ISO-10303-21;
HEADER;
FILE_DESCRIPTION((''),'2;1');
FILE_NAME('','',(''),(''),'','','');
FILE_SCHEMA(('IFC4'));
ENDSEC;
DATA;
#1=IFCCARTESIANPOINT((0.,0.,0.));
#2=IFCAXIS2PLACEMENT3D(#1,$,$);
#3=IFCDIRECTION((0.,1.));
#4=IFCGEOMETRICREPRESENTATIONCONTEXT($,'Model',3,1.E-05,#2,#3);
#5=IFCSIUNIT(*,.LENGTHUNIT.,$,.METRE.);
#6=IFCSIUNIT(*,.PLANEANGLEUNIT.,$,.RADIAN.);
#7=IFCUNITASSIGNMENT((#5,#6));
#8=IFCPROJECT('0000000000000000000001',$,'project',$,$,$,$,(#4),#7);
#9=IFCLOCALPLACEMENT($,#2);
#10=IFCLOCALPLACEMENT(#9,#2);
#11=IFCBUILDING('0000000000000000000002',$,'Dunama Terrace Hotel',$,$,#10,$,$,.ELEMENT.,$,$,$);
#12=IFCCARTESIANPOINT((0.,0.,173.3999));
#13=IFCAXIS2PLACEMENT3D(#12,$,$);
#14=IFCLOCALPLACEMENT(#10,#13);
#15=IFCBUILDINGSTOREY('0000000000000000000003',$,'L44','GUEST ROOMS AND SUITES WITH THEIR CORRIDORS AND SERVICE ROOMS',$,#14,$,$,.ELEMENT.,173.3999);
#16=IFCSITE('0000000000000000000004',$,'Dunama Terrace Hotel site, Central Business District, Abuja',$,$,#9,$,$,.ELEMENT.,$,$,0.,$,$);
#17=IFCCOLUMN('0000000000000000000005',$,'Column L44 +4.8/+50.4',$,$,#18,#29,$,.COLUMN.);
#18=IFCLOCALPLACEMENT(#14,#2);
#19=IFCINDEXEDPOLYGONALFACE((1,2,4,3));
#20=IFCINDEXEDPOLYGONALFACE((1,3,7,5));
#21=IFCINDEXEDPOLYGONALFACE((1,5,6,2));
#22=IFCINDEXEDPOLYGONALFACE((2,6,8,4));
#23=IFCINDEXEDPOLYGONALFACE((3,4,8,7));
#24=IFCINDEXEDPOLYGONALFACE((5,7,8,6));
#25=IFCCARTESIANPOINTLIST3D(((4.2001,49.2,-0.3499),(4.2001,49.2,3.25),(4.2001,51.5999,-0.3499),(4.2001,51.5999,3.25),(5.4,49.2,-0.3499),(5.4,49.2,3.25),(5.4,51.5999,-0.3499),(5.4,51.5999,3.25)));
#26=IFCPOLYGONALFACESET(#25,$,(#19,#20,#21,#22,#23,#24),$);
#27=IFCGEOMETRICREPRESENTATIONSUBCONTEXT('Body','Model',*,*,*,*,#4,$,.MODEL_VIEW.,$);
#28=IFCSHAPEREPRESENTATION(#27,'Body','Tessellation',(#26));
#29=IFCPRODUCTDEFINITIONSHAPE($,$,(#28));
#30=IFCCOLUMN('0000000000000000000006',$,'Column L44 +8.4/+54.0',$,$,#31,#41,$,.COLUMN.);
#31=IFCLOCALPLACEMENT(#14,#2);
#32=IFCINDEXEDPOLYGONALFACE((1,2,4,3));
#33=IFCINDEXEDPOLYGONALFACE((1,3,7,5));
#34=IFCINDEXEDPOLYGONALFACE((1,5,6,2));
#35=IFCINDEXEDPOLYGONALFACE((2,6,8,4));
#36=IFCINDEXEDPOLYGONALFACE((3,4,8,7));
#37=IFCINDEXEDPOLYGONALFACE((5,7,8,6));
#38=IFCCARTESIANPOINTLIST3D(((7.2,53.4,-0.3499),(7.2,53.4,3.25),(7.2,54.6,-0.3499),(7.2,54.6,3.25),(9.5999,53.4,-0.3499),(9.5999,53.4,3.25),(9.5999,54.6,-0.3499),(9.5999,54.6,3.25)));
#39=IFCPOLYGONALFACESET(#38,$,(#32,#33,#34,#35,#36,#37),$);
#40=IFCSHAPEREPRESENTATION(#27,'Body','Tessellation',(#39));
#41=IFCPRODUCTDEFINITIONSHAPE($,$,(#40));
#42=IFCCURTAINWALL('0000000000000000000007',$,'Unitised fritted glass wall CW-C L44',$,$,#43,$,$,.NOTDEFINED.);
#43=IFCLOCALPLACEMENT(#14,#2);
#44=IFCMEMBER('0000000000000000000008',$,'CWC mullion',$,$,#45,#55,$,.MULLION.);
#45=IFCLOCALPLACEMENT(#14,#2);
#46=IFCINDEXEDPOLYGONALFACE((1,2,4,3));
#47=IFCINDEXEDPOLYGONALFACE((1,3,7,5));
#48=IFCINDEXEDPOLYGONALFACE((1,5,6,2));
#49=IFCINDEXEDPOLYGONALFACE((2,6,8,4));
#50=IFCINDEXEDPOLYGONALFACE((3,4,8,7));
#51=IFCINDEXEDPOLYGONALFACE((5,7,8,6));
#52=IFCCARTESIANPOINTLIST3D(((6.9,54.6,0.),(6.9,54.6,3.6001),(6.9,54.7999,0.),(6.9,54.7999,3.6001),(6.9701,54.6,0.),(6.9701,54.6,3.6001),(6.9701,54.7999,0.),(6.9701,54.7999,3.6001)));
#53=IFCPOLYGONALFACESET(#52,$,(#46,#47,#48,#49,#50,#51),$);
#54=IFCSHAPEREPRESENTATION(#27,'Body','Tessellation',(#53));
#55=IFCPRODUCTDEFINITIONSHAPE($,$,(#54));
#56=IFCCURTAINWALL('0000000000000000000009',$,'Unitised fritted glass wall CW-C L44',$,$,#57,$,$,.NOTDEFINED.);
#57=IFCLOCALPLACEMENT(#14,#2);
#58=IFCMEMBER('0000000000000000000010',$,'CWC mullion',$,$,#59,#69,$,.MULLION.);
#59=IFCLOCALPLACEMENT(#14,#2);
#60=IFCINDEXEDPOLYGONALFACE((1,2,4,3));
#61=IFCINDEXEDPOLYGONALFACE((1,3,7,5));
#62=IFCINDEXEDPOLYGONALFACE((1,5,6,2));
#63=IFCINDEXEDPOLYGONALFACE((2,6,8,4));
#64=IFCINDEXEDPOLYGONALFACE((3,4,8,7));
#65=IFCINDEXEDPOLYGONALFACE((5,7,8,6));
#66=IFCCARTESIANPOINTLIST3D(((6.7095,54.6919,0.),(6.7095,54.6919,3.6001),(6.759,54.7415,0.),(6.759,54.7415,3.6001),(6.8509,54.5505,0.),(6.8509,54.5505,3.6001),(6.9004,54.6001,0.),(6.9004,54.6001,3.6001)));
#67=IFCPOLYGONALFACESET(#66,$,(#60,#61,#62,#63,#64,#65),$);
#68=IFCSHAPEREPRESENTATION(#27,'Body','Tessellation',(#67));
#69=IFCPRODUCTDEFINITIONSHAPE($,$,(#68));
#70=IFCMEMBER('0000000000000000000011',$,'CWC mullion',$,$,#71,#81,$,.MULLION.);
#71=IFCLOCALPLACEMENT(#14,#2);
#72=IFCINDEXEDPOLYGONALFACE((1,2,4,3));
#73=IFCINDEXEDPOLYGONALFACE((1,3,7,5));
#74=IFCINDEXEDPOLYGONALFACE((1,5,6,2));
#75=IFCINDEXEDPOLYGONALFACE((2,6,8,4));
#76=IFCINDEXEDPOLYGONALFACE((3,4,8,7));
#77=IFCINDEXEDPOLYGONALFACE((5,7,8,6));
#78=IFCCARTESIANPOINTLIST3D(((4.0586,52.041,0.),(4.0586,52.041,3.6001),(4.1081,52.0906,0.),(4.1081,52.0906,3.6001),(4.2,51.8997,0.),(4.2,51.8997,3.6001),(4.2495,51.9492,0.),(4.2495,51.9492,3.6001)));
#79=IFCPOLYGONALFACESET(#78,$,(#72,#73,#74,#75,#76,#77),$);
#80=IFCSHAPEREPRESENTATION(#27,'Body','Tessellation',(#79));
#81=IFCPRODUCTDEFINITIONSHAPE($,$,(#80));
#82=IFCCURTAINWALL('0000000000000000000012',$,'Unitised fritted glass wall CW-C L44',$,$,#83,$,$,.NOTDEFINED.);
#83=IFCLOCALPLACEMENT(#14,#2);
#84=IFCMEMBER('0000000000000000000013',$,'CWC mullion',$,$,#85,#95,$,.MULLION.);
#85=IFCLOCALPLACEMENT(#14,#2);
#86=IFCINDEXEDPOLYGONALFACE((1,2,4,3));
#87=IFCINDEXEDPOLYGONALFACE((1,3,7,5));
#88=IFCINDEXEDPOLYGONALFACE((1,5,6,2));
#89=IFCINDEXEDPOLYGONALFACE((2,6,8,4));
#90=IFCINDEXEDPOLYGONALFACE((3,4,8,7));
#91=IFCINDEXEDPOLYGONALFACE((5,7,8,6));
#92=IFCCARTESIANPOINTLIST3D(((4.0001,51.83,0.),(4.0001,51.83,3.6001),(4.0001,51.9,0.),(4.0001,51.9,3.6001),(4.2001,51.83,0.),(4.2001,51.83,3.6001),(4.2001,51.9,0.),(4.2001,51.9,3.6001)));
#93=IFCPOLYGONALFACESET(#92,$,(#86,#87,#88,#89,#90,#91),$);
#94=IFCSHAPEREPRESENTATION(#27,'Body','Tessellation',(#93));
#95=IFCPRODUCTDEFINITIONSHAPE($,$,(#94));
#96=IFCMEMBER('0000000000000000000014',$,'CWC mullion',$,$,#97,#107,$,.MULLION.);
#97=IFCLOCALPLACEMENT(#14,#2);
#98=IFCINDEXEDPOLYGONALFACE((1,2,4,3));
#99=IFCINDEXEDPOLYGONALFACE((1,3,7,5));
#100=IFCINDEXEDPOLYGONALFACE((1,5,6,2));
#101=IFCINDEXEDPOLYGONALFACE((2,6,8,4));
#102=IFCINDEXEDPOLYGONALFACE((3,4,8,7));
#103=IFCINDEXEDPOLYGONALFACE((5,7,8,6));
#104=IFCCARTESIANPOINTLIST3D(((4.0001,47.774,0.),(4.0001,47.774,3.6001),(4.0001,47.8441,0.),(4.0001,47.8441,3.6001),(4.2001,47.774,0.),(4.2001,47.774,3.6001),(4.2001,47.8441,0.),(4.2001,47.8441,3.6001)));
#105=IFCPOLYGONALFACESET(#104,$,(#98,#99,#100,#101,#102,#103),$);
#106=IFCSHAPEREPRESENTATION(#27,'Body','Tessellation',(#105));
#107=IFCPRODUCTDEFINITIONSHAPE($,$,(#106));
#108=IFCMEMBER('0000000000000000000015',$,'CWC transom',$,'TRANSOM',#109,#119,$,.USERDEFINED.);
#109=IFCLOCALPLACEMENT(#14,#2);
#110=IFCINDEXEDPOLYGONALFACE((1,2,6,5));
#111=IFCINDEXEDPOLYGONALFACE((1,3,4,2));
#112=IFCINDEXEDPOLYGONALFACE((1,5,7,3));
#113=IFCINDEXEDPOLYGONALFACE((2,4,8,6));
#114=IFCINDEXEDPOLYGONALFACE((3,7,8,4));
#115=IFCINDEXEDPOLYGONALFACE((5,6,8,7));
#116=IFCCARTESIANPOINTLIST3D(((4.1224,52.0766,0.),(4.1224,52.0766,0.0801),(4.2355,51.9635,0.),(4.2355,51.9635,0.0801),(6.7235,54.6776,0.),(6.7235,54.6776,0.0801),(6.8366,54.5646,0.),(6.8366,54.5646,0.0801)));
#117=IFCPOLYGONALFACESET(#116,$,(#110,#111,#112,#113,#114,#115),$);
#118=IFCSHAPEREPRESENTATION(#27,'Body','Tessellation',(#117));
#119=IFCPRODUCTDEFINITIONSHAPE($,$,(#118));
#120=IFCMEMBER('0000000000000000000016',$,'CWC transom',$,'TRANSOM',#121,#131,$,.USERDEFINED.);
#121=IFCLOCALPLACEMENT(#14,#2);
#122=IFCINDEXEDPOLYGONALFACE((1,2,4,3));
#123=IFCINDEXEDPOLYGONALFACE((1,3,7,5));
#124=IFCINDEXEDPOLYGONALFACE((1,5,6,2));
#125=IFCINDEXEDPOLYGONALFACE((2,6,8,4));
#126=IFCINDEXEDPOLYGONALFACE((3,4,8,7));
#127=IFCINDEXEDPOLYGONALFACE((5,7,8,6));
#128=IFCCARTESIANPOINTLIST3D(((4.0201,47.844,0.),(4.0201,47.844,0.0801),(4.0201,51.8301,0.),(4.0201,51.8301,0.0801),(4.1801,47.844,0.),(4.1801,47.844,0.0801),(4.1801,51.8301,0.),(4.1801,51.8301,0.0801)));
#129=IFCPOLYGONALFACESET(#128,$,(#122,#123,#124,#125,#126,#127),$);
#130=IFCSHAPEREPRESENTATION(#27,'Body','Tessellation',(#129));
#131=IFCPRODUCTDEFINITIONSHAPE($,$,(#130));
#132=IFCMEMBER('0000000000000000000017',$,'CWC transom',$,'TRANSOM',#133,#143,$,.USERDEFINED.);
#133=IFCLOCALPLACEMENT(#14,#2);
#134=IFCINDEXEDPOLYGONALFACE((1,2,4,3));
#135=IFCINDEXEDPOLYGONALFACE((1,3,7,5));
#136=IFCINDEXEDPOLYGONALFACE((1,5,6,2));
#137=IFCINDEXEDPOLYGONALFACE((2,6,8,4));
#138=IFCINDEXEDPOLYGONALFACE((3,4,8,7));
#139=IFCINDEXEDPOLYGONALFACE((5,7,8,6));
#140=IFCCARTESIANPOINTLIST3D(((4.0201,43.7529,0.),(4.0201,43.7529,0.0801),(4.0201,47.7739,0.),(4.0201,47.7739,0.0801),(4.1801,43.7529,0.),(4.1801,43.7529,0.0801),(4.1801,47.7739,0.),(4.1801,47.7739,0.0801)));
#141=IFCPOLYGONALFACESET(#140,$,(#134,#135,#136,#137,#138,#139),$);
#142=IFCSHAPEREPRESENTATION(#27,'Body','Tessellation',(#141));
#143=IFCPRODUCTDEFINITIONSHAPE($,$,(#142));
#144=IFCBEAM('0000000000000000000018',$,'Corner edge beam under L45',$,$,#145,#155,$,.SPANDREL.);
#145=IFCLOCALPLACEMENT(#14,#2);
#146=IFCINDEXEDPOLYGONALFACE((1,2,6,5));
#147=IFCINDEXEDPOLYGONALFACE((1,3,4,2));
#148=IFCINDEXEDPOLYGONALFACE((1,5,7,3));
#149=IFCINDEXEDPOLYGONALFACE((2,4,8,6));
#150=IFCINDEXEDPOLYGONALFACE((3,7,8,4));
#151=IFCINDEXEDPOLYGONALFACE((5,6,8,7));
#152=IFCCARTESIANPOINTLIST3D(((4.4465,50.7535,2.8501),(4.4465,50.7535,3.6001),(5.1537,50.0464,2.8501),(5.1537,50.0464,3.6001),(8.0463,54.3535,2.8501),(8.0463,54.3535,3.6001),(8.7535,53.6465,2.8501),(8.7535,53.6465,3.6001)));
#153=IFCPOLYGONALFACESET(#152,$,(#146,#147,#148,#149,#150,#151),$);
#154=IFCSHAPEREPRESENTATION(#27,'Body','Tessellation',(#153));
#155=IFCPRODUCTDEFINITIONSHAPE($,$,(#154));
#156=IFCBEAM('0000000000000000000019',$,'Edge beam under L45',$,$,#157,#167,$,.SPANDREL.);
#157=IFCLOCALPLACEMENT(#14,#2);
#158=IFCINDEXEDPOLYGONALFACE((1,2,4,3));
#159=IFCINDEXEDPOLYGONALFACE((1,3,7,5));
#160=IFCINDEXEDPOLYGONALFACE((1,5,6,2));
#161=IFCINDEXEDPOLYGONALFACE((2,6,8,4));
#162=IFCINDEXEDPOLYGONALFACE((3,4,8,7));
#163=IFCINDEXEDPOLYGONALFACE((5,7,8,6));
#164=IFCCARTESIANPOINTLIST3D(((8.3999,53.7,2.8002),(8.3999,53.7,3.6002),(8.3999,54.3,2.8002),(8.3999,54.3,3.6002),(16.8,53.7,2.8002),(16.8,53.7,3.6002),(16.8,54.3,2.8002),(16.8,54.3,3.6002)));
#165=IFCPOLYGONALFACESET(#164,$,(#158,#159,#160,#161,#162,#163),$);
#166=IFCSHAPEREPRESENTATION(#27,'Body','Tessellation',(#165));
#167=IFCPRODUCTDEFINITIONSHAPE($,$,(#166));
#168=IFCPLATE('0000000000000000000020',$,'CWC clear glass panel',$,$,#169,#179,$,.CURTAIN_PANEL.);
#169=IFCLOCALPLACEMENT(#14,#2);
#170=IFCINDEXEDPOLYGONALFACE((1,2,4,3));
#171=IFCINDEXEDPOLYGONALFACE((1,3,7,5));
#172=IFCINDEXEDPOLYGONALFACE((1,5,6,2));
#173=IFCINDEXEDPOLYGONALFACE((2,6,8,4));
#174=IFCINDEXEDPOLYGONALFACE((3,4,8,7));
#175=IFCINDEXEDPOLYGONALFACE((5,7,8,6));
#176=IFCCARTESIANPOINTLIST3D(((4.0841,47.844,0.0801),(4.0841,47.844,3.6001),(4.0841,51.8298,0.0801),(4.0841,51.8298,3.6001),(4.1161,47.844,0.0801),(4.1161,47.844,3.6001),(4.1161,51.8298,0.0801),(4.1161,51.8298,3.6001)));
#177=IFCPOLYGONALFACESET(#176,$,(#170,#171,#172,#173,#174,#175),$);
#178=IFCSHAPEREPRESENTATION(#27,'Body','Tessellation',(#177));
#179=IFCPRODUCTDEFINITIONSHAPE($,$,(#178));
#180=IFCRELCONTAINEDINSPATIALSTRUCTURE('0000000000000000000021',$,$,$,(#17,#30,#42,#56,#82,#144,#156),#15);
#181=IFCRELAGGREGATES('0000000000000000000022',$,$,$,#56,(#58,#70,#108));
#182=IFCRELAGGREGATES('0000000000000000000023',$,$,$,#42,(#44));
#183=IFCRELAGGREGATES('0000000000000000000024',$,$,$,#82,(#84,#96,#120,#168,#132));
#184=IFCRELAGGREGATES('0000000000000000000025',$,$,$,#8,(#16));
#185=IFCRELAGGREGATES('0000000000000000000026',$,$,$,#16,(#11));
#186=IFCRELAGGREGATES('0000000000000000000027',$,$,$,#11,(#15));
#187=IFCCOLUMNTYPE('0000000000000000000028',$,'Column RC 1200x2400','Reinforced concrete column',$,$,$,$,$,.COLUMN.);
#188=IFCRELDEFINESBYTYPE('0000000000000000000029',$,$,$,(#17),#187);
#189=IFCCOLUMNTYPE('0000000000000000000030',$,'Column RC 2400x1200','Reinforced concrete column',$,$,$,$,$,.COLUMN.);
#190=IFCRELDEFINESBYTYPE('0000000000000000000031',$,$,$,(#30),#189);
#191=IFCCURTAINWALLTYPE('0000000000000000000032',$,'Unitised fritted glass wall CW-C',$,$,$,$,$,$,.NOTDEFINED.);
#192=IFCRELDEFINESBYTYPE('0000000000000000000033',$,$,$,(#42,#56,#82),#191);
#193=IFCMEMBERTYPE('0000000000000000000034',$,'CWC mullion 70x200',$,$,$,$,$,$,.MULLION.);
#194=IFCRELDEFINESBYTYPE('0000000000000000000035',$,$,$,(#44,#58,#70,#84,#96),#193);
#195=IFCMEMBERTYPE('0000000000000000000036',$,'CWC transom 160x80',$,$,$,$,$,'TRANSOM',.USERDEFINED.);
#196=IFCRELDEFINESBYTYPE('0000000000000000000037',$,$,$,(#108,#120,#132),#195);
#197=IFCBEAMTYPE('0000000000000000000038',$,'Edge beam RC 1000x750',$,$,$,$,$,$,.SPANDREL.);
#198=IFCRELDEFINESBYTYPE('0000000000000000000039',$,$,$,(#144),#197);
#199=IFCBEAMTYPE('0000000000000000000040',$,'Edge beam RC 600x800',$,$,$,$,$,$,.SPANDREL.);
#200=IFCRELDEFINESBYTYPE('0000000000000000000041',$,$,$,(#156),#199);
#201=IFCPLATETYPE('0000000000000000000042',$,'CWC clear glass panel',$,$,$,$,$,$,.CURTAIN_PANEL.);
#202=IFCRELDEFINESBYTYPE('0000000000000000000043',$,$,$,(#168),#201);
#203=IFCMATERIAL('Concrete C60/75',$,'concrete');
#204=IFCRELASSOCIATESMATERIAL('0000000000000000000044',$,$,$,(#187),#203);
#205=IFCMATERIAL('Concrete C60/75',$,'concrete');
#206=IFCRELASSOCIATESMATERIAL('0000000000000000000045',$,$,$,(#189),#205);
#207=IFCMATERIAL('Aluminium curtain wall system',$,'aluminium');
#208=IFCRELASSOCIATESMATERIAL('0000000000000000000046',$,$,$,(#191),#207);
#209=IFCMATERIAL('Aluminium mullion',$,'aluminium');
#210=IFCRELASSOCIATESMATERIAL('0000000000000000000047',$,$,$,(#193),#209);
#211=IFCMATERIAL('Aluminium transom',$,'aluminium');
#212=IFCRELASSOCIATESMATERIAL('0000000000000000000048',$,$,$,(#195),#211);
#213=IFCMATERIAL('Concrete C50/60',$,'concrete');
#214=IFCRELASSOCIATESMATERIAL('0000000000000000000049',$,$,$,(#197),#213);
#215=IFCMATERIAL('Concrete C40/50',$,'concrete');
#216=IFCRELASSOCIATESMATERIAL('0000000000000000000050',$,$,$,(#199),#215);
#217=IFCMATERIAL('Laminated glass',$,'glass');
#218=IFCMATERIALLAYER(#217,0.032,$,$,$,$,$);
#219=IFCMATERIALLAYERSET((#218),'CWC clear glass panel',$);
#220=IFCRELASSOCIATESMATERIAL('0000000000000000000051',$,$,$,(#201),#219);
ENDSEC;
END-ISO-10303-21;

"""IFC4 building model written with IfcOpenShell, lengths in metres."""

from ifc_helpers import new_model, si_unit, direction, frame, origin, origin_2d, place, context, subcontext, project, spatial, rectangle, extrude, material, layer, layer_set, material_profile, profile_set, type_object, element, aggregate, save


model = new_model("IFC4")

# Units and contexts
model_context = context("Model", 3, precision=1e-05, world=origin(), true_north=direction((0.0, 1.0)))
body_context = subcontext(model_context, "Body", "Model", "MODEL_VIEW")
ifc_project = project(units=[si_unit("LENGTHUNIT", "METRE"), si_unit("PLANEANGLEUNIT", "RADIAN")], contexts=[model_context])

# Site, building, storey
site_placement = place(None, origin())
site = spatial("IfcSite", under=ifc_project, at=site_placement, Name="Dunama Terrace Hotel site, Central Business District, Abuja", CompositionType="ELEMENT", RefElevation=0.0)
building_placement = place(site_placement, origin())
building = spatial("IfcBuilding", under=site, at=building_placement, Name="Dunama Terrace Hotel", CompositionType="ELEMENT")
storey_placement = place(building_placement, frame((0.0, 0.0, 173.3999)))
storey = spatial("IfcBuildingStorey", under=building, at=storey_placement, Name="L44", Description="GUEST ROOMS AND SUITES WITH THEIR CORRIDORS AND SERVICE ROOMS", CompositionType="ELEMENT", Elevation=173.3999)

# Columns
ifc_material_1 = material(Name="Concrete C60/75", Category="concrete")
ifc_material_profile_1 = material_profile(ifc_material_1, rectangle(XDim=1.2, YDim=2.3999, at=origin_2d()), Name="RC 1200x2400")
ifc_profile_set_1 = profile_set([ifc_material_profile_1], Name="Concrete C60/75")
column_type_1 = type_object("IfcColumnType", Name="Column RC 1200x2400", Description="Reinforced concrete column", PredefinedType="COLUMN", material=ifc_profile_set_1)
column_1_placement = place(storey_placement, frame((4.8, 50.3999, -0.3499), z_axis=(0.0, 0.0, 1.0), x_axis=(1.0, 0.0, 0.0)))
element("IfcColumn", 1, at=column_1_placement, inside=storey, type_object=column_type_1, Name="Column L44 +4.8/+50.4", PredefinedType="COLUMN", context=body_context, shape_type="SweptSolid", body=[
    extrude(rectangle(XDim=1.2, YDim=2.3999, at=origin_2d()), origin(), (0.0, 0.0, 1.0), 3.5999),
])
ifc_material_2 = material(Name="Concrete C60/75", Category="concrete")
ifc_material_profile_2 = material_profile(ifc_material_2, rectangle(XDim=2.3999, YDim=1.2, at=origin_2d()), Name="RC 2400x1200")
ifc_profile_set_2 = profile_set([ifc_material_profile_2], Name="Concrete C60/75")
column_type_2 = type_object("IfcColumnType", Name="Column RC 2400x1200", Description="Reinforced concrete column", PredefinedType="COLUMN", material=ifc_profile_set_2)
column_2_placement = place(storey_placement, frame((8.3999, 54.0, -0.3499), z_axis=(0.0, 0.0, 1.0), x_axis=(1.0, 0.0, 0.0)))
element("IfcColumn", 2, at=column_2_placement, inside=storey, type_object=column_type_2, Name="Column L44 +8.4/+54.0", PredefinedType="COLUMN", context=body_context, shape_type="SweptSolid", body=[
    extrude(rectangle(XDim=2.3999, YDim=1.2, at=origin_2d()), origin(), (0.0, 0.0, 1.0), 3.5999),
])

# Curtain wall, member
ifc_material_3 = material(Name="Aluminium curtain wall system", Category="aluminium")
curtain_wall_type = type_object("IfcCurtainWallType", Name="Unitised fritted glass wall CW-C", PredefinedType="NOTDEFINED", material=ifc_material_3)
curtain_wall_1_placement = place(storey_placement, origin())
curtain_wall_1 = element("IfcCurtainWall", 3, at=curtain_wall_1_placement, inside=storey, type_object=curtain_wall_type, Name="Unitised fritted glass wall CW-C L44", PredefinedType="NOTDEFINED")
ifc_material_4 = material(Name="Aluminium mullion", Category="aluminium")
ifc_material_profile_3 = material_profile(ifc_material_4, rectangle(XDim=0.0701, YDim=0.2, at=origin_2d()), Name="CWC MULLION 70X200")
ifc_profile_set_3 = profile_set([ifc_material_profile_3], Name="Aluminium mullion")
member_type_1 = type_object("IfcMemberType", Name="CWC mullion 70x200", PredefinedType="MULLION", material=ifc_profile_set_3)
member_1_placement = place(storey_placement, frame((6.9351, 54.7, 0.0), z_axis=(0.0, 0.0, 1.0), x_axis=(-1.0, 0.0, 0.0)))
member_1 = element("IfcMember", 4, at=member_1_placement, type_object=member_type_1, Name="CWC mullion", PredefinedType="MULLION", context=body_context, shape_type="SweptSolid", body=[
    extrude(rectangle(XDim=0.0701, YDim=0.2, at=origin_2d()), origin(), (0.0, 0.0, 1.0), 3.6001),
])

# Curtain walls, members
curtain_wall_2_placement = place(storey_placement, origin())
curtain_wall_2 = element("IfcCurtainWall", 5, at=curtain_wall_2_placement, inside=storey, type_object=curtain_wall_type, Name="Unitised fritted glass wall CW-C L44", PredefinedType="NOTDEFINED")
member_2_placement = place(storey_placement, frame((6.8049, 54.646, 0.0), z_axis=(0.0, 0.0, 1.0), x_axis=(-0.707107, -0.707107, 0.0)))
member_2 = element("IfcMember", 6, at=member_2_placement, type_object=member_type_1, Name="CWC mullion", PredefinedType="MULLION", context=body_context, shape_type="SweptSolid", body=[
    extrude(rectangle(XDim=0.0701, YDim=0.2, at=origin_2d()), origin(), (0.0, 0.0, 1.0), 3.6001),
])
member_3_placement = place(storey_placement, frame((4.1541, 51.9951, 0.0), z_axis=(0.0, 0.0, 1.0), x_axis=(-0.707107, -0.707107, 0.0)))
member_3 = element("IfcMember", 7, at=member_3_placement, type_object=member_type_1, Name="CWC mullion", PredefinedType="MULLION", context=body_context, shape_type="SweptSolid", body=[
    extrude(rectangle(XDim=0.0701, YDim=0.2, at=origin_2d()), origin(), (0.0, 0.0, 1.0), 3.6001),
])
curtain_wall_3_placement = place(storey_placement, origin())
curtain_wall_3 = element("IfcCurtainWall", 8, at=curtain_wall_3_placement, inside=storey, type_object=curtain_wall_type, Name="Unitised fritted glass wall CW-C L44", PredefinedType="NOTDEFINED")
member_4_placement = place(storey_placement, frame((4.1001, 51.865, 0.0), z_axis=(0.0, 0.0, 1.0), x_axis=(0.0, -1.0, 0.0)))
member_4 = element("IfcMember", 9, at=member_4_placement, type_object=member_type_1, Name="CWC mullion", PredefinedType="MULLION", context=body_context, shape_type="SweptSolid", body=[
    extrude(rectangle(XDim=0.0701, YDim=0.2, at=origin_2d()), origin(), (0.0, 0.0, 1.0), 3.6001),
])
member_5_placement = place(storey_placement, frame((4.1001, 47.8091, 0.0), z_axis=(0.0, 0.0, 1.0), x_axis=(0.0, -1.0, 0.0)))
member_5 = element("IfcMember", 10, at=member_5_placement, type_object=member_type_1, Name="CWC mullion", PredefinedType="MULLION", context=body_context, shape_type="SweptSolid", body=[
    extrude(rectangle(XDim=0.0701, YDim=0.2, at=origin_2d()), origin(), (0.0, 0.0, 1.0), 3.6001),
])

# Members
ifc_material_5 = material(Name="Aluminium transom", Category="aluminium")
ifc_material_profile_4 = material_profile(ifc_material_5, rectangle(XDim=0.1599, YDim=0.0801, at=origin_2d()), Name="CWC TRANSOM 160X80")
ifc_profile_set_4 = profile_set([ifc_material_profile_4], Name="Aluminium transom")
member_type_2 = type_object("IfcMemberType", Name="CWC transom 160x80", ElementType="TRANSOM", PredefinedType="USERDEFINED", material=ifc_profile_set_4)
member_6_placement = place(storey_placement, frame((6.78, 54.6211, 0.04), z_axis=(-0.707107, -0.707107, 0.0), x_axis=(0.707107, -0.707107, 0.0)))
member_6 = element("IfcMember", 11, at=member_6_placement, type_object=member_type_2, Name="CWC transom", ObjectType="TRANSOM", PredefinedType="USERDEFINED", context=body_context, shape_type="SweptSolid", body=[
    extrude(rectangle(XDim=0.1599, YDim=0.0801, at=origin_2d()), origin(), (0.0, 0.0, 1.0), 3.6785),
])
member_7_placement = place(storey_placement, frame((4.1001, 51.8301, 0.04), z_axis=(0.0, -1.0, 0.0), x_axis=(1.0, 0.0, 0.0)))
member_7 = element("IfcMember", 12, at=member_7_placement, type_object=member_type_2, Name="CWC transom", ObjectType="TRANSOM", PredefinedType="USERDEFINED", context=body_context, shape_type="SweptSolid", body=[
    extrude(rectangle(XDim=0.1599, YDim=0.0801, at=origin_2d()), origin(), (0.0, 0.0, 1.0), 3.9861),
])
member_8_placement = place(storey_placement, frame((4.1001, 47.7739, 0.04), z_axis=(0.0, -1.0, 0.0), x_axis=(1.0, 0.0, 0.0)))
member_8 = element("IfcMember", 13, at=member_8_placement, type_object=member_type_2, Name="CWC transom", ObjectType="TRANSOM", PredefinedType="USERDEFINED", context=body_context, shape_type="SweptSolid", body=[
    extrude(rectangle(XDim=0.1599, YDim=0.0801, at=origin_2d()), origin(), (0.0, 0.0, 1.0), 4.021),
])

# Beams
ifc_material_6 = material(Name="Concrete C50/60", Category="concrete")
ifc_material_profile_5 = material_profile(ifc_material_6, rectangle(XDim=1.0, YDim=0.75, at=origin_2d()), Name="RC 1000x750")
ifc_profile_set_5 = profile_set([ifc_material_profile_5], Name="Concrete C50/60")
beam_type_1 = type_object("IfcBeamType", Name="Edge beam RC 1000x750", PredefinedType="SPANDREL", material=ifc_profile_set_5)
beam_1_placement = place(storey_placement, frame((8.3999, 54.0, 3.2251), z_axis=(-0.707083, -0.707131, 0.0), x_axis=(0.707131, -0.707083, 0.0)))
element("IfcBeam", 14, at=beam_1_placement, inside=storey, type_object=beam_type_1, Name="Corner edge beam under L45", PredefinedType="SPANDREL", context=body_context, shape_type="SweptSolid", body=[
    extrude(rectangle(XDim=1.0, YDim=0.75, at=origin_2d()), origin(), (0.0, 0.0, 1.0), 5.0911),
])
ifc_material_7 = material(Name="Concrete C40/50", Category="concrete")
ifc_material_profile_6 = material_profile(ifc_material_7, rectangle(XDim=0.6001, YDim=0.8, at=origin_2d()), Name="RC 600x800")
ifc_profile_set_6 = profile_set([ifc_material_profile_6], Name="Concrete C40/50")
beam_type_2 = type_object("IfcBeamType", Name="Edge beam RC 600x800", PredefinedType="SPANDREL", material=ifc_profile_set_6)
beam_2_placement = place(storey_placement, frame((8.3999, 54.0, 3.2002), z_axis=(1.0, 0.0, 0.0), x_axis=(0.0, 1.0, 0.0)))
element("IfcBeam", 15, at=beam_2_placement, inside=storey, type_object=beam_type_2, Name="Edge beam under L45", PredefinedType="SPANDREL", context=body_context, shape_type="SweptSolid", body=[
    extrude(rectangle(XDim=0.6001, YDim=0.8, at=origin_2d()), origin(), (0.0, 0.0, 1.0), 8.4001),
])

# Plate
ifc_material_8 = material(Name="Laminated glass", Category="glass")
ifc_layer_1 = layer(ifc_material_8, 0.032)
ifc_layer_set_1 = layer_set([ifc_layer_1], Name="CWC clear glass panel")
plate_type_1 = type_object("IfcPlateType", Name="CWC clear glass panel", PredefinedType="CURTAIN_PANEL", material=ifc_layer_set_1)
plate_1_placement = place(storey_placement, frame((4.1001, 49.8369, 0.0801), z_axis=(0.0, 0.0, 1.0), x_axis=(0.0, -1.0, 0.0)))
plate_1 = element("IfcPlate", 16, at=plate_1_placement, type_object=plate_type_1, Name="CWC clear glass panel", PredefinedType="CURTAIN_PANEL", context=body_context, shape_type="SweptSolid", body=[
    extrude(rectangle(XDim=3.9858, YDim=0.032, at=origin_2d()), origin(), (0.0, 0.0, 1.0), 3.52),
])
aggregate(curtain_wall_2, [member_2, member_3, member_6])
aggregate(curtain_wall_1, [member_1])
aggregate(curtain_wall_3, [member_4, member_5, member_7, plate_1, member_8])

save(model, "model.ifc")
